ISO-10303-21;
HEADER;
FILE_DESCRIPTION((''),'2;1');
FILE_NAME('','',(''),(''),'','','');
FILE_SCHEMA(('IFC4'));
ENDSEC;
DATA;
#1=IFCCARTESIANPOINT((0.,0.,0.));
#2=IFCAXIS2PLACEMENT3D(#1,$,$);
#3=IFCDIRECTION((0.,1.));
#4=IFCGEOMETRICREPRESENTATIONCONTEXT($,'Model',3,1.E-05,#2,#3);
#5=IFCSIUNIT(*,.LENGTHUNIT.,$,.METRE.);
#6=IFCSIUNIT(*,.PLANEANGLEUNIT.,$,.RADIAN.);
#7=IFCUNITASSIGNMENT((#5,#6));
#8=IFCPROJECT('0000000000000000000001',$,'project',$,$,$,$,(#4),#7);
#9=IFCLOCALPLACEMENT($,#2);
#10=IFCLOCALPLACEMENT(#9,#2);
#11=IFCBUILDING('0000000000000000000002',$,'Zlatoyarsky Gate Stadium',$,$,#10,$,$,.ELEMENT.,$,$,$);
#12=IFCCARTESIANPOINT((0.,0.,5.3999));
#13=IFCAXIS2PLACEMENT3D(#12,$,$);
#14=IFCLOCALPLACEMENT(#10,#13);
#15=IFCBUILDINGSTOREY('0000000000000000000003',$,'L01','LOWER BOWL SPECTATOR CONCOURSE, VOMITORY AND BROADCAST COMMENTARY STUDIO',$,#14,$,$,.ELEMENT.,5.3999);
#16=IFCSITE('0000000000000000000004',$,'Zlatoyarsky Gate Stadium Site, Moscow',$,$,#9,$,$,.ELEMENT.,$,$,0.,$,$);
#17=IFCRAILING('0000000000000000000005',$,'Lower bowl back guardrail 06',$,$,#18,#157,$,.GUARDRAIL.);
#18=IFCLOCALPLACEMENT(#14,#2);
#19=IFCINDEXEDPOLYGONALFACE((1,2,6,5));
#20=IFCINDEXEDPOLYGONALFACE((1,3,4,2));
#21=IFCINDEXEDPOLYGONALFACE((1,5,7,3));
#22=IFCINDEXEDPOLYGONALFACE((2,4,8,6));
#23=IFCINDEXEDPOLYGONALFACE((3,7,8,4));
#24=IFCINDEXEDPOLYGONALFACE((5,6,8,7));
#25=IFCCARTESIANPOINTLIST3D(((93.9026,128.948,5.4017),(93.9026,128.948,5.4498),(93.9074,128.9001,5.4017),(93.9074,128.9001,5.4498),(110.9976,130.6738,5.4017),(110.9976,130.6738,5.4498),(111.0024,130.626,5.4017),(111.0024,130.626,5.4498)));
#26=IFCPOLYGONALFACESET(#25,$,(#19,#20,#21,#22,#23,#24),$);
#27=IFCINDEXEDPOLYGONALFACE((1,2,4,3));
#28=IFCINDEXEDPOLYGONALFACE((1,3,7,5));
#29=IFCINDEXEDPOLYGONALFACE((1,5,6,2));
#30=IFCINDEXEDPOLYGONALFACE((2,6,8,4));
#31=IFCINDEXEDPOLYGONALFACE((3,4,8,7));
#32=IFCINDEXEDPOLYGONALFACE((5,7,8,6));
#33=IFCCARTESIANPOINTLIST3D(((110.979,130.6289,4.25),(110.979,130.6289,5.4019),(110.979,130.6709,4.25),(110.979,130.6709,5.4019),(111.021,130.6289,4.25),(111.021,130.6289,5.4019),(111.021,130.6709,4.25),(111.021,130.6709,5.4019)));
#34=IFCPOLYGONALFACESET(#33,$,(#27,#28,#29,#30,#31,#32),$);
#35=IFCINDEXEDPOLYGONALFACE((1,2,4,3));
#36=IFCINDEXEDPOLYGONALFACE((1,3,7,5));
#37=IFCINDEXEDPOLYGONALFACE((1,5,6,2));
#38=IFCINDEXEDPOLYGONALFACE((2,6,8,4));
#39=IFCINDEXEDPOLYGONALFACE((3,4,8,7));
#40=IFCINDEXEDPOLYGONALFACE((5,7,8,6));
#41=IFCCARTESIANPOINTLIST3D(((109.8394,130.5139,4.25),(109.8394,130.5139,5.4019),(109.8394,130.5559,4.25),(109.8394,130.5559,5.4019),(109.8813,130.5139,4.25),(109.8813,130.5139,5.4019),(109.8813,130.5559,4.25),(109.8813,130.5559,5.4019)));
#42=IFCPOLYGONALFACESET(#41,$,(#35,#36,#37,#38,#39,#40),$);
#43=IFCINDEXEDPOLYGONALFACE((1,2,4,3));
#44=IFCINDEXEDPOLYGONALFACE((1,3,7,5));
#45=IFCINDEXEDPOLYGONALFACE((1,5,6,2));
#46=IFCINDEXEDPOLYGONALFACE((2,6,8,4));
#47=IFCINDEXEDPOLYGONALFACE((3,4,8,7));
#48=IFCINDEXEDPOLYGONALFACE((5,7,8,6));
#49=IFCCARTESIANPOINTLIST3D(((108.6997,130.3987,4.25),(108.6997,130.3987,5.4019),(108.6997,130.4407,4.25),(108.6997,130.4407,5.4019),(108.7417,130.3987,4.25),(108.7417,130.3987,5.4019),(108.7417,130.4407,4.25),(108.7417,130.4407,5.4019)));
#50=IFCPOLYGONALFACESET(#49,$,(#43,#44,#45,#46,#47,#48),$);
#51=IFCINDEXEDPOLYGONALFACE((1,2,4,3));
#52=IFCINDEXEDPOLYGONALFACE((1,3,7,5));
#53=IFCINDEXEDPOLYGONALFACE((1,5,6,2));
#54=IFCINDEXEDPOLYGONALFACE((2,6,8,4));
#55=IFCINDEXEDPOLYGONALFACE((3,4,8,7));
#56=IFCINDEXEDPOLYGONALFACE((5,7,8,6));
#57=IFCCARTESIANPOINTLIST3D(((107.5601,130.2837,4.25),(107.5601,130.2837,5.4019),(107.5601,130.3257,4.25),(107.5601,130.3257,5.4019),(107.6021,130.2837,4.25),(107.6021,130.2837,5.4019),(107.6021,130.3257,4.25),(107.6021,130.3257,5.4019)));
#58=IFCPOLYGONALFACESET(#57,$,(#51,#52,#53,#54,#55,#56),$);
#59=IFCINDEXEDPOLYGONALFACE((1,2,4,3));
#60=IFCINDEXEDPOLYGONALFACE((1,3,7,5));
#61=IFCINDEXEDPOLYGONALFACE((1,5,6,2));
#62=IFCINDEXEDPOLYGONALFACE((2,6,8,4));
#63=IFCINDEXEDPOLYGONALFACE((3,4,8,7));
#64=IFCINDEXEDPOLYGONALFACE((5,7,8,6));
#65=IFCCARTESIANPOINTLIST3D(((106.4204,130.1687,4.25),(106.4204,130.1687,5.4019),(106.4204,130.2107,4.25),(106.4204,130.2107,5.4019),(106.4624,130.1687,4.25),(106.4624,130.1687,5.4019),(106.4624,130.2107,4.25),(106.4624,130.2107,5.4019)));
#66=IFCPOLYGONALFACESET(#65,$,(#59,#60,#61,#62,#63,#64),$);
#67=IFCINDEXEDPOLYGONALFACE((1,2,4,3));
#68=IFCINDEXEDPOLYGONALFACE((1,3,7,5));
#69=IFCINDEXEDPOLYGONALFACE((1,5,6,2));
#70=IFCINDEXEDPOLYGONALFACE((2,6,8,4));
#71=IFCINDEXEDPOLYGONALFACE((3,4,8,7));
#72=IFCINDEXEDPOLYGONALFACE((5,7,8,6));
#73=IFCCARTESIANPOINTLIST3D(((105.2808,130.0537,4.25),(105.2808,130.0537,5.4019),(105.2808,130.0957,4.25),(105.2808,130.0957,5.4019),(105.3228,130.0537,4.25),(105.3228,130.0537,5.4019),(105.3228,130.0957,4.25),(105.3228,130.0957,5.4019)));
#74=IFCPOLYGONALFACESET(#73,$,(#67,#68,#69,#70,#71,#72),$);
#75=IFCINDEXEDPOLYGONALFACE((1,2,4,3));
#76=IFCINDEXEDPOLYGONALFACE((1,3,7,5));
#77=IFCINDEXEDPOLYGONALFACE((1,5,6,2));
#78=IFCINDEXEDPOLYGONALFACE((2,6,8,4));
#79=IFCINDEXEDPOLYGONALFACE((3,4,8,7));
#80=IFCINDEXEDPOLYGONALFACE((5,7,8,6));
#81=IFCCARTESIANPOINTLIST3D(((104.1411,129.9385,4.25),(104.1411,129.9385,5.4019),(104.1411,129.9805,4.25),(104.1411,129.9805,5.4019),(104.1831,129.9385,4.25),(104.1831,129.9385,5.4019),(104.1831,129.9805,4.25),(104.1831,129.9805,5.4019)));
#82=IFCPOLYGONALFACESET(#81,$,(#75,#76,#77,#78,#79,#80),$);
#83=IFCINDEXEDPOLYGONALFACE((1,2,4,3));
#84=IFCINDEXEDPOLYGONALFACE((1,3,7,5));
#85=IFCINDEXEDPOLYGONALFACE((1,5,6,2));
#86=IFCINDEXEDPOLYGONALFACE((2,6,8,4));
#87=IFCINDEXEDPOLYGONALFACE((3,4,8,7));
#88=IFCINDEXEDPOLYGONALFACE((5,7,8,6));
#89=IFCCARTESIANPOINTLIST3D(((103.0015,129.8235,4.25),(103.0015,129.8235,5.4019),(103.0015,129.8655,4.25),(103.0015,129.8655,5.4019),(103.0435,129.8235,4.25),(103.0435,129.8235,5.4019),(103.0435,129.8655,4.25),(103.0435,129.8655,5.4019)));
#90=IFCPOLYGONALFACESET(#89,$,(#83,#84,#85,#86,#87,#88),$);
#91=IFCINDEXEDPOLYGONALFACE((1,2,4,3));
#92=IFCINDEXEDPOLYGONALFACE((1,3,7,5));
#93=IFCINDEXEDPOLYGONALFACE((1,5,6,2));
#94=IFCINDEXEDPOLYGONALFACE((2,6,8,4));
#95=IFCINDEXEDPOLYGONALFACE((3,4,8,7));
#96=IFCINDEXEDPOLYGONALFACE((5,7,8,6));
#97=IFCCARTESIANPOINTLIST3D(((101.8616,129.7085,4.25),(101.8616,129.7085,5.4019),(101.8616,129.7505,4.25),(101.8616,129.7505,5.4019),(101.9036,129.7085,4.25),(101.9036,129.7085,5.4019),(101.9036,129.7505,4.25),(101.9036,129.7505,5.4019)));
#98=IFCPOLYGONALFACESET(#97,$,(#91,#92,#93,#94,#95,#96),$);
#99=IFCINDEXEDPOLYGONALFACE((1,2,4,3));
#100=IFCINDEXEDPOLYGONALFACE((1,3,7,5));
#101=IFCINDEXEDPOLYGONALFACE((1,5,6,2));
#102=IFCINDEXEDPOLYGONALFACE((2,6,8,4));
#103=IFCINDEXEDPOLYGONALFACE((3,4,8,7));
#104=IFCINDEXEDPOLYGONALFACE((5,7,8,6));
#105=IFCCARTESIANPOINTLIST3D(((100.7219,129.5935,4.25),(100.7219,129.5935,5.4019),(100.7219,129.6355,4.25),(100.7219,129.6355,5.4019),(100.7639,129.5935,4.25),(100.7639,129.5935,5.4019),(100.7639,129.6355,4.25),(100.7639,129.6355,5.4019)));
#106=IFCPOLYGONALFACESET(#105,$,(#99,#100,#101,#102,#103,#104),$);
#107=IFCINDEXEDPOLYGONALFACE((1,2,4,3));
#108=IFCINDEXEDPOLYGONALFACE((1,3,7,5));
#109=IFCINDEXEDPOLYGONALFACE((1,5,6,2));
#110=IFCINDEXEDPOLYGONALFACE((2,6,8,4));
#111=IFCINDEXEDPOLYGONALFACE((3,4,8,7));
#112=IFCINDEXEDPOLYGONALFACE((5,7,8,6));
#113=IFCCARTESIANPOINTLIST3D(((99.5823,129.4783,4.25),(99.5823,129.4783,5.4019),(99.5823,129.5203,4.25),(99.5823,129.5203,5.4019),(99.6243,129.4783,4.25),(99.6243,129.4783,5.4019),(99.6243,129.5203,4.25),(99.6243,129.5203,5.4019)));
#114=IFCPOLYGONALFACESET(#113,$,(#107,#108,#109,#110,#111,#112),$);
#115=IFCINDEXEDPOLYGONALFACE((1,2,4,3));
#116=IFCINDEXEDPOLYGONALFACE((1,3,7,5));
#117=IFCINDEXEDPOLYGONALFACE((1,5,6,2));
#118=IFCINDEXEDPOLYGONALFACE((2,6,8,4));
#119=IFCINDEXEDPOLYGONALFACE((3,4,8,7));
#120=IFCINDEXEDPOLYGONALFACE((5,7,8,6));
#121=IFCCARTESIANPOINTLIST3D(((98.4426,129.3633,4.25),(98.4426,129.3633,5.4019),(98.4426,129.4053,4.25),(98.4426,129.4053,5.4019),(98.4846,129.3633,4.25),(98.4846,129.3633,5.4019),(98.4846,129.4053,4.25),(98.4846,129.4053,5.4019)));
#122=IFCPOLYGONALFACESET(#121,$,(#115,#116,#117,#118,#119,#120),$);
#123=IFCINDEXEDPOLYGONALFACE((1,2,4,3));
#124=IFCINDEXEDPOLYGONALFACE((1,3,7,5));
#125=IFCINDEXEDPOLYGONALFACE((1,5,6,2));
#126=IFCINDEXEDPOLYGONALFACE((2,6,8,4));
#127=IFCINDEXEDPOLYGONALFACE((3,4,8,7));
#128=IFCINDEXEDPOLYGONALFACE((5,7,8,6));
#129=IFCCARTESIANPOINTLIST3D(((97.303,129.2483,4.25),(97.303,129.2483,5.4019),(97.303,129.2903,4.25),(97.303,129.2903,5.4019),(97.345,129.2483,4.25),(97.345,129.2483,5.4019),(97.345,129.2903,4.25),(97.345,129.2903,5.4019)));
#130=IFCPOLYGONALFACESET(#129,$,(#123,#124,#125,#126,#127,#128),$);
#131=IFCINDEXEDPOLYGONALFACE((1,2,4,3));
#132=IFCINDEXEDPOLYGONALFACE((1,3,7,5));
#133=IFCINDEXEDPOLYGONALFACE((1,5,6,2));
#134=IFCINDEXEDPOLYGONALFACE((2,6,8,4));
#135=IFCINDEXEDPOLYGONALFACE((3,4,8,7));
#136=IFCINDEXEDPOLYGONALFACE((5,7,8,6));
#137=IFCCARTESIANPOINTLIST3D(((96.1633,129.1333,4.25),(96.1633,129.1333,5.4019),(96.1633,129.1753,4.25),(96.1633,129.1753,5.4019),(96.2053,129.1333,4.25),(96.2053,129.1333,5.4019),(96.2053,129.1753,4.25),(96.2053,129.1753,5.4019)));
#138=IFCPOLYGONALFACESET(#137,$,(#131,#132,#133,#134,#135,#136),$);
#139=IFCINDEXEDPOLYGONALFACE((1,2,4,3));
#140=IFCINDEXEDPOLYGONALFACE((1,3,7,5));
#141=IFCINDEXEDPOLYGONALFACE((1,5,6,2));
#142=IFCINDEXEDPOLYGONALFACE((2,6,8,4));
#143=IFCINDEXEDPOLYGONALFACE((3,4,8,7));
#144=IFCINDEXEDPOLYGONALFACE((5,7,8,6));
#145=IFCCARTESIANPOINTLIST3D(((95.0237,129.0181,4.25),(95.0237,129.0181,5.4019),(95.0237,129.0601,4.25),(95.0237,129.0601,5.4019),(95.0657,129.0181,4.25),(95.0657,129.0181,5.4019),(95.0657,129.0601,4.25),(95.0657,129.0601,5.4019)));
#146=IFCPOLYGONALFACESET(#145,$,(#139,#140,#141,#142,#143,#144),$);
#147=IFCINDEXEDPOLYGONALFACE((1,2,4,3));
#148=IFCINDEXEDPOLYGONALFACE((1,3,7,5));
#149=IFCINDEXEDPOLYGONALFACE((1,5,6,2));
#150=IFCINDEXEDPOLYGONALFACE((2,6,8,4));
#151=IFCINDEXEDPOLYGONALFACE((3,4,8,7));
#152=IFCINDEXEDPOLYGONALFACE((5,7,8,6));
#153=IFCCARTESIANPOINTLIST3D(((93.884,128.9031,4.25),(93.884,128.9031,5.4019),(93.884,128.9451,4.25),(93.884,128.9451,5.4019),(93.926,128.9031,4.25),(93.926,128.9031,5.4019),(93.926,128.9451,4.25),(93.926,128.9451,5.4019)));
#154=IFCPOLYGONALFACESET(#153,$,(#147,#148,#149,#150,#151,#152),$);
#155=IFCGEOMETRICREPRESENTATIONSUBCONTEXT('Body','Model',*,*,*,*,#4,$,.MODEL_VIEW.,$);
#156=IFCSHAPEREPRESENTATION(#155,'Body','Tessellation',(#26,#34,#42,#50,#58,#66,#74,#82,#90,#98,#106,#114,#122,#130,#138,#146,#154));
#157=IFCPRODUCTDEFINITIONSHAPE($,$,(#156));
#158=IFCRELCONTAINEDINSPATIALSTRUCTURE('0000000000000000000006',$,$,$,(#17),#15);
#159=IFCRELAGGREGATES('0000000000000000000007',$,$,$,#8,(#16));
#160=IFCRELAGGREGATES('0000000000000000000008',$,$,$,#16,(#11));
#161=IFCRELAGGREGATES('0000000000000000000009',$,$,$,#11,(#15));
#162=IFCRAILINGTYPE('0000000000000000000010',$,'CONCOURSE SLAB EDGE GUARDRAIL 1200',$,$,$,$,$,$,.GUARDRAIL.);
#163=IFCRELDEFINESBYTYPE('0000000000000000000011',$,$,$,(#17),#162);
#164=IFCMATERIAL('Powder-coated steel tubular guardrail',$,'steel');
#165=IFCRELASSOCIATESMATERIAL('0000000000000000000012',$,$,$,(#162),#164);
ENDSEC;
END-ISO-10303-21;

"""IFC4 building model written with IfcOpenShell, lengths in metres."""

from ifc_helpers import new_model, si_unit, direction, frame, origin, origin_2d, place, context, subcontext, project, spatial, rectangle, extrude, material, type_object, element, save


model = new_model("IFC4")

# Units and contexts
model_context = context("Model", 3, precision=1e-05, world=origin(), true_north=direction((0.0, 1.0)))
body_context = subcontext(model_context, "Body", "Model", "MODEL_VIEW")
ifc_project = project(units=[si_unit("LENGTHUNIT", "METRE"), si_unit("PLANEANGLEUNIT", "RADIAN")], contexts=[model_context])

# Site, building, storey
site_placement = place(None, origin())
site = spatial("IfcSite", under=ifc_project, at=site_placement, Name="Zlatoyarsky Gate Stadium Site, Moscow", CompositionType="ELEMENT", RefElevation=0.0)
building_placement = place(site_placement, origin())
building = spatial("IfcBuilding", under=site, at=building_placement, Name="Zlatoyarsky Gate Stadium", CompositionType="ELEMENT")
storey_placement = place(building_placement, frame((0.0, 0.0, 5.3999)))
storey = spatial("IfcBuildingStorey", under=building, at=storey_placement, Name="L01", Description="LOWER BOWL SPECTATOR CONCOURSE, VOMITORY AND BROADCAST COMMENTARY STUDIO", CompositionType="ELEMENT", Elevation=5.3999)

# Railing
ifc_material_1 = material(Name="Powder-coated steel tubular guardrail", Category="steel")
railing_type_1 = type_object("IfcRailingType", Name="CONCOURSE SLAB EDGE GUARDRAIL 1200", PredefinedType="GUARDRAIL", material=ifc_material_1)
railing_1_placement = place(storey_placement, frame((111.0, 130.6499, 4.25)))
element("IfcRailing", 1, at=railing_1_placement, inside=storey, type_object=railing_type_1, Name="Lower bowl back guardrail 06", PredefinedType="GUARDRAIL", context=body_context, shape_type="SweptSolid", body=[
    extrude(rectangle(XDim=0.0481, YDim=0.0481, at=origin_2d()), frame((0.0, 0.0, 1.1758), z_axis=(-0.994943, -0.100445, 0.0), x_axis=(0.100445, -0.994943, 0.0)), (0.0, 0.0, 1.0), 17.1819),
    extrude(rectangle(XDim=0.042, YDim=0.042, at=origin_2d()), origin(), (0.0, 0.0, 1.0), 1.1519),
    extrude(rectangle(XDim=0.042, YDim=0.042, at=origin_2d()), frame((-1.1396, -0.115, 0.0)), (0.0, 0.0, 1.0), 1.1519),
    extrude(rectangle(XDim=0.042, YDim=0.042, at=origin_2d()), frame((-2.2793, -0.2302, 0.0)), (0.0, 0.0, 1.0), 1.1519),
    extrude(rectangle(XDim=0.042, YDim=0.042, at=origin_2d()), frame((-3.4189, -0.3452, 0.0)), (0.0, 0.0, 1.0), 1.1519),
    extrude(rectangle(XDim=0.042, YDim=0.042, at=origin_2d()), frame((-4.5586, -0.4602, 0.0)), (0.0, 0.0, 1.0), 1.1519),
    extrude(rectangle(XDim=0.042, YDim=0.042, at=origin_2d()), frame((-5.6982, -0.5752, 0.0)), (0.0, 0.0, 1.0), 1.1519),
    extrude(rectangle(XDim=0.042, YDim=0.042, at=origin_2d()), frame((-6.8379, -0.6904, 0.0)), (0.0, 0.0, 1.0), 1.1519),
    extrude(rectangle(XDim=0.042, YDim=0.042, at=origin_2d()), frame((-7.9775, -0.8054, 0.0)), (0.0, 0.0, 1.0), 1.1519),
    extrude(rectangle(XDim=0.042, YDim=0.042, at=origin_2d()), frame((-9.1174, -0.9204, 0.0)), (0.0, 0.0, 1.0), 1.1519),
    extrude(rectangle(XDim=0.042, YDim=0.042, at=origin_2d()), frame((-10.2571, -1.0354, 0.0)), (0.0, 0.0, 1.0), 1.1519),
    extrude(rectangle(XDim=0.042, YDim=0.042, at=origin_2d()), frame((-11.3967, -1.1506, 0.0)), (0.0, 0.0, 1.0), 1.1519),
    extrude(rectangle(XDim=0.042, YDim=0.042, at=origin_2d()), frame((-12.5364, -1.2656, 0.0)), (0.0, 0.0, 1.0), 1.1519),
    extrude(rectangle(XDim=0.042, YDim=0.042, at=origin_2d()), frame((-13.676, -1.3806, 0.0)), (0.0, 0.0, 1.0), 1.1519),
    extrude(rectangle(XDim=0.042, YDim=0.042, at=origin_2d()), frame((-14.8157, -1.4956, 0.0)), (0.0, 0.0, 1.0), 1.1519),
    extrude(rectangle(XDim=0.042, YDim=0.042, at=origin_2d()), frame((-15.9553, -1.6108, 0.0)), (0.0, 0.0, 1.0), 1.1519),
    extrude(rectangle(XDim=0.042, YDim=0.042, at=origin_2d()), frame((-17.095, -1.7258, 0.0)), (0.0, 0.0, 1.0), 1.1519),
])

save(model, "model.ifc")
